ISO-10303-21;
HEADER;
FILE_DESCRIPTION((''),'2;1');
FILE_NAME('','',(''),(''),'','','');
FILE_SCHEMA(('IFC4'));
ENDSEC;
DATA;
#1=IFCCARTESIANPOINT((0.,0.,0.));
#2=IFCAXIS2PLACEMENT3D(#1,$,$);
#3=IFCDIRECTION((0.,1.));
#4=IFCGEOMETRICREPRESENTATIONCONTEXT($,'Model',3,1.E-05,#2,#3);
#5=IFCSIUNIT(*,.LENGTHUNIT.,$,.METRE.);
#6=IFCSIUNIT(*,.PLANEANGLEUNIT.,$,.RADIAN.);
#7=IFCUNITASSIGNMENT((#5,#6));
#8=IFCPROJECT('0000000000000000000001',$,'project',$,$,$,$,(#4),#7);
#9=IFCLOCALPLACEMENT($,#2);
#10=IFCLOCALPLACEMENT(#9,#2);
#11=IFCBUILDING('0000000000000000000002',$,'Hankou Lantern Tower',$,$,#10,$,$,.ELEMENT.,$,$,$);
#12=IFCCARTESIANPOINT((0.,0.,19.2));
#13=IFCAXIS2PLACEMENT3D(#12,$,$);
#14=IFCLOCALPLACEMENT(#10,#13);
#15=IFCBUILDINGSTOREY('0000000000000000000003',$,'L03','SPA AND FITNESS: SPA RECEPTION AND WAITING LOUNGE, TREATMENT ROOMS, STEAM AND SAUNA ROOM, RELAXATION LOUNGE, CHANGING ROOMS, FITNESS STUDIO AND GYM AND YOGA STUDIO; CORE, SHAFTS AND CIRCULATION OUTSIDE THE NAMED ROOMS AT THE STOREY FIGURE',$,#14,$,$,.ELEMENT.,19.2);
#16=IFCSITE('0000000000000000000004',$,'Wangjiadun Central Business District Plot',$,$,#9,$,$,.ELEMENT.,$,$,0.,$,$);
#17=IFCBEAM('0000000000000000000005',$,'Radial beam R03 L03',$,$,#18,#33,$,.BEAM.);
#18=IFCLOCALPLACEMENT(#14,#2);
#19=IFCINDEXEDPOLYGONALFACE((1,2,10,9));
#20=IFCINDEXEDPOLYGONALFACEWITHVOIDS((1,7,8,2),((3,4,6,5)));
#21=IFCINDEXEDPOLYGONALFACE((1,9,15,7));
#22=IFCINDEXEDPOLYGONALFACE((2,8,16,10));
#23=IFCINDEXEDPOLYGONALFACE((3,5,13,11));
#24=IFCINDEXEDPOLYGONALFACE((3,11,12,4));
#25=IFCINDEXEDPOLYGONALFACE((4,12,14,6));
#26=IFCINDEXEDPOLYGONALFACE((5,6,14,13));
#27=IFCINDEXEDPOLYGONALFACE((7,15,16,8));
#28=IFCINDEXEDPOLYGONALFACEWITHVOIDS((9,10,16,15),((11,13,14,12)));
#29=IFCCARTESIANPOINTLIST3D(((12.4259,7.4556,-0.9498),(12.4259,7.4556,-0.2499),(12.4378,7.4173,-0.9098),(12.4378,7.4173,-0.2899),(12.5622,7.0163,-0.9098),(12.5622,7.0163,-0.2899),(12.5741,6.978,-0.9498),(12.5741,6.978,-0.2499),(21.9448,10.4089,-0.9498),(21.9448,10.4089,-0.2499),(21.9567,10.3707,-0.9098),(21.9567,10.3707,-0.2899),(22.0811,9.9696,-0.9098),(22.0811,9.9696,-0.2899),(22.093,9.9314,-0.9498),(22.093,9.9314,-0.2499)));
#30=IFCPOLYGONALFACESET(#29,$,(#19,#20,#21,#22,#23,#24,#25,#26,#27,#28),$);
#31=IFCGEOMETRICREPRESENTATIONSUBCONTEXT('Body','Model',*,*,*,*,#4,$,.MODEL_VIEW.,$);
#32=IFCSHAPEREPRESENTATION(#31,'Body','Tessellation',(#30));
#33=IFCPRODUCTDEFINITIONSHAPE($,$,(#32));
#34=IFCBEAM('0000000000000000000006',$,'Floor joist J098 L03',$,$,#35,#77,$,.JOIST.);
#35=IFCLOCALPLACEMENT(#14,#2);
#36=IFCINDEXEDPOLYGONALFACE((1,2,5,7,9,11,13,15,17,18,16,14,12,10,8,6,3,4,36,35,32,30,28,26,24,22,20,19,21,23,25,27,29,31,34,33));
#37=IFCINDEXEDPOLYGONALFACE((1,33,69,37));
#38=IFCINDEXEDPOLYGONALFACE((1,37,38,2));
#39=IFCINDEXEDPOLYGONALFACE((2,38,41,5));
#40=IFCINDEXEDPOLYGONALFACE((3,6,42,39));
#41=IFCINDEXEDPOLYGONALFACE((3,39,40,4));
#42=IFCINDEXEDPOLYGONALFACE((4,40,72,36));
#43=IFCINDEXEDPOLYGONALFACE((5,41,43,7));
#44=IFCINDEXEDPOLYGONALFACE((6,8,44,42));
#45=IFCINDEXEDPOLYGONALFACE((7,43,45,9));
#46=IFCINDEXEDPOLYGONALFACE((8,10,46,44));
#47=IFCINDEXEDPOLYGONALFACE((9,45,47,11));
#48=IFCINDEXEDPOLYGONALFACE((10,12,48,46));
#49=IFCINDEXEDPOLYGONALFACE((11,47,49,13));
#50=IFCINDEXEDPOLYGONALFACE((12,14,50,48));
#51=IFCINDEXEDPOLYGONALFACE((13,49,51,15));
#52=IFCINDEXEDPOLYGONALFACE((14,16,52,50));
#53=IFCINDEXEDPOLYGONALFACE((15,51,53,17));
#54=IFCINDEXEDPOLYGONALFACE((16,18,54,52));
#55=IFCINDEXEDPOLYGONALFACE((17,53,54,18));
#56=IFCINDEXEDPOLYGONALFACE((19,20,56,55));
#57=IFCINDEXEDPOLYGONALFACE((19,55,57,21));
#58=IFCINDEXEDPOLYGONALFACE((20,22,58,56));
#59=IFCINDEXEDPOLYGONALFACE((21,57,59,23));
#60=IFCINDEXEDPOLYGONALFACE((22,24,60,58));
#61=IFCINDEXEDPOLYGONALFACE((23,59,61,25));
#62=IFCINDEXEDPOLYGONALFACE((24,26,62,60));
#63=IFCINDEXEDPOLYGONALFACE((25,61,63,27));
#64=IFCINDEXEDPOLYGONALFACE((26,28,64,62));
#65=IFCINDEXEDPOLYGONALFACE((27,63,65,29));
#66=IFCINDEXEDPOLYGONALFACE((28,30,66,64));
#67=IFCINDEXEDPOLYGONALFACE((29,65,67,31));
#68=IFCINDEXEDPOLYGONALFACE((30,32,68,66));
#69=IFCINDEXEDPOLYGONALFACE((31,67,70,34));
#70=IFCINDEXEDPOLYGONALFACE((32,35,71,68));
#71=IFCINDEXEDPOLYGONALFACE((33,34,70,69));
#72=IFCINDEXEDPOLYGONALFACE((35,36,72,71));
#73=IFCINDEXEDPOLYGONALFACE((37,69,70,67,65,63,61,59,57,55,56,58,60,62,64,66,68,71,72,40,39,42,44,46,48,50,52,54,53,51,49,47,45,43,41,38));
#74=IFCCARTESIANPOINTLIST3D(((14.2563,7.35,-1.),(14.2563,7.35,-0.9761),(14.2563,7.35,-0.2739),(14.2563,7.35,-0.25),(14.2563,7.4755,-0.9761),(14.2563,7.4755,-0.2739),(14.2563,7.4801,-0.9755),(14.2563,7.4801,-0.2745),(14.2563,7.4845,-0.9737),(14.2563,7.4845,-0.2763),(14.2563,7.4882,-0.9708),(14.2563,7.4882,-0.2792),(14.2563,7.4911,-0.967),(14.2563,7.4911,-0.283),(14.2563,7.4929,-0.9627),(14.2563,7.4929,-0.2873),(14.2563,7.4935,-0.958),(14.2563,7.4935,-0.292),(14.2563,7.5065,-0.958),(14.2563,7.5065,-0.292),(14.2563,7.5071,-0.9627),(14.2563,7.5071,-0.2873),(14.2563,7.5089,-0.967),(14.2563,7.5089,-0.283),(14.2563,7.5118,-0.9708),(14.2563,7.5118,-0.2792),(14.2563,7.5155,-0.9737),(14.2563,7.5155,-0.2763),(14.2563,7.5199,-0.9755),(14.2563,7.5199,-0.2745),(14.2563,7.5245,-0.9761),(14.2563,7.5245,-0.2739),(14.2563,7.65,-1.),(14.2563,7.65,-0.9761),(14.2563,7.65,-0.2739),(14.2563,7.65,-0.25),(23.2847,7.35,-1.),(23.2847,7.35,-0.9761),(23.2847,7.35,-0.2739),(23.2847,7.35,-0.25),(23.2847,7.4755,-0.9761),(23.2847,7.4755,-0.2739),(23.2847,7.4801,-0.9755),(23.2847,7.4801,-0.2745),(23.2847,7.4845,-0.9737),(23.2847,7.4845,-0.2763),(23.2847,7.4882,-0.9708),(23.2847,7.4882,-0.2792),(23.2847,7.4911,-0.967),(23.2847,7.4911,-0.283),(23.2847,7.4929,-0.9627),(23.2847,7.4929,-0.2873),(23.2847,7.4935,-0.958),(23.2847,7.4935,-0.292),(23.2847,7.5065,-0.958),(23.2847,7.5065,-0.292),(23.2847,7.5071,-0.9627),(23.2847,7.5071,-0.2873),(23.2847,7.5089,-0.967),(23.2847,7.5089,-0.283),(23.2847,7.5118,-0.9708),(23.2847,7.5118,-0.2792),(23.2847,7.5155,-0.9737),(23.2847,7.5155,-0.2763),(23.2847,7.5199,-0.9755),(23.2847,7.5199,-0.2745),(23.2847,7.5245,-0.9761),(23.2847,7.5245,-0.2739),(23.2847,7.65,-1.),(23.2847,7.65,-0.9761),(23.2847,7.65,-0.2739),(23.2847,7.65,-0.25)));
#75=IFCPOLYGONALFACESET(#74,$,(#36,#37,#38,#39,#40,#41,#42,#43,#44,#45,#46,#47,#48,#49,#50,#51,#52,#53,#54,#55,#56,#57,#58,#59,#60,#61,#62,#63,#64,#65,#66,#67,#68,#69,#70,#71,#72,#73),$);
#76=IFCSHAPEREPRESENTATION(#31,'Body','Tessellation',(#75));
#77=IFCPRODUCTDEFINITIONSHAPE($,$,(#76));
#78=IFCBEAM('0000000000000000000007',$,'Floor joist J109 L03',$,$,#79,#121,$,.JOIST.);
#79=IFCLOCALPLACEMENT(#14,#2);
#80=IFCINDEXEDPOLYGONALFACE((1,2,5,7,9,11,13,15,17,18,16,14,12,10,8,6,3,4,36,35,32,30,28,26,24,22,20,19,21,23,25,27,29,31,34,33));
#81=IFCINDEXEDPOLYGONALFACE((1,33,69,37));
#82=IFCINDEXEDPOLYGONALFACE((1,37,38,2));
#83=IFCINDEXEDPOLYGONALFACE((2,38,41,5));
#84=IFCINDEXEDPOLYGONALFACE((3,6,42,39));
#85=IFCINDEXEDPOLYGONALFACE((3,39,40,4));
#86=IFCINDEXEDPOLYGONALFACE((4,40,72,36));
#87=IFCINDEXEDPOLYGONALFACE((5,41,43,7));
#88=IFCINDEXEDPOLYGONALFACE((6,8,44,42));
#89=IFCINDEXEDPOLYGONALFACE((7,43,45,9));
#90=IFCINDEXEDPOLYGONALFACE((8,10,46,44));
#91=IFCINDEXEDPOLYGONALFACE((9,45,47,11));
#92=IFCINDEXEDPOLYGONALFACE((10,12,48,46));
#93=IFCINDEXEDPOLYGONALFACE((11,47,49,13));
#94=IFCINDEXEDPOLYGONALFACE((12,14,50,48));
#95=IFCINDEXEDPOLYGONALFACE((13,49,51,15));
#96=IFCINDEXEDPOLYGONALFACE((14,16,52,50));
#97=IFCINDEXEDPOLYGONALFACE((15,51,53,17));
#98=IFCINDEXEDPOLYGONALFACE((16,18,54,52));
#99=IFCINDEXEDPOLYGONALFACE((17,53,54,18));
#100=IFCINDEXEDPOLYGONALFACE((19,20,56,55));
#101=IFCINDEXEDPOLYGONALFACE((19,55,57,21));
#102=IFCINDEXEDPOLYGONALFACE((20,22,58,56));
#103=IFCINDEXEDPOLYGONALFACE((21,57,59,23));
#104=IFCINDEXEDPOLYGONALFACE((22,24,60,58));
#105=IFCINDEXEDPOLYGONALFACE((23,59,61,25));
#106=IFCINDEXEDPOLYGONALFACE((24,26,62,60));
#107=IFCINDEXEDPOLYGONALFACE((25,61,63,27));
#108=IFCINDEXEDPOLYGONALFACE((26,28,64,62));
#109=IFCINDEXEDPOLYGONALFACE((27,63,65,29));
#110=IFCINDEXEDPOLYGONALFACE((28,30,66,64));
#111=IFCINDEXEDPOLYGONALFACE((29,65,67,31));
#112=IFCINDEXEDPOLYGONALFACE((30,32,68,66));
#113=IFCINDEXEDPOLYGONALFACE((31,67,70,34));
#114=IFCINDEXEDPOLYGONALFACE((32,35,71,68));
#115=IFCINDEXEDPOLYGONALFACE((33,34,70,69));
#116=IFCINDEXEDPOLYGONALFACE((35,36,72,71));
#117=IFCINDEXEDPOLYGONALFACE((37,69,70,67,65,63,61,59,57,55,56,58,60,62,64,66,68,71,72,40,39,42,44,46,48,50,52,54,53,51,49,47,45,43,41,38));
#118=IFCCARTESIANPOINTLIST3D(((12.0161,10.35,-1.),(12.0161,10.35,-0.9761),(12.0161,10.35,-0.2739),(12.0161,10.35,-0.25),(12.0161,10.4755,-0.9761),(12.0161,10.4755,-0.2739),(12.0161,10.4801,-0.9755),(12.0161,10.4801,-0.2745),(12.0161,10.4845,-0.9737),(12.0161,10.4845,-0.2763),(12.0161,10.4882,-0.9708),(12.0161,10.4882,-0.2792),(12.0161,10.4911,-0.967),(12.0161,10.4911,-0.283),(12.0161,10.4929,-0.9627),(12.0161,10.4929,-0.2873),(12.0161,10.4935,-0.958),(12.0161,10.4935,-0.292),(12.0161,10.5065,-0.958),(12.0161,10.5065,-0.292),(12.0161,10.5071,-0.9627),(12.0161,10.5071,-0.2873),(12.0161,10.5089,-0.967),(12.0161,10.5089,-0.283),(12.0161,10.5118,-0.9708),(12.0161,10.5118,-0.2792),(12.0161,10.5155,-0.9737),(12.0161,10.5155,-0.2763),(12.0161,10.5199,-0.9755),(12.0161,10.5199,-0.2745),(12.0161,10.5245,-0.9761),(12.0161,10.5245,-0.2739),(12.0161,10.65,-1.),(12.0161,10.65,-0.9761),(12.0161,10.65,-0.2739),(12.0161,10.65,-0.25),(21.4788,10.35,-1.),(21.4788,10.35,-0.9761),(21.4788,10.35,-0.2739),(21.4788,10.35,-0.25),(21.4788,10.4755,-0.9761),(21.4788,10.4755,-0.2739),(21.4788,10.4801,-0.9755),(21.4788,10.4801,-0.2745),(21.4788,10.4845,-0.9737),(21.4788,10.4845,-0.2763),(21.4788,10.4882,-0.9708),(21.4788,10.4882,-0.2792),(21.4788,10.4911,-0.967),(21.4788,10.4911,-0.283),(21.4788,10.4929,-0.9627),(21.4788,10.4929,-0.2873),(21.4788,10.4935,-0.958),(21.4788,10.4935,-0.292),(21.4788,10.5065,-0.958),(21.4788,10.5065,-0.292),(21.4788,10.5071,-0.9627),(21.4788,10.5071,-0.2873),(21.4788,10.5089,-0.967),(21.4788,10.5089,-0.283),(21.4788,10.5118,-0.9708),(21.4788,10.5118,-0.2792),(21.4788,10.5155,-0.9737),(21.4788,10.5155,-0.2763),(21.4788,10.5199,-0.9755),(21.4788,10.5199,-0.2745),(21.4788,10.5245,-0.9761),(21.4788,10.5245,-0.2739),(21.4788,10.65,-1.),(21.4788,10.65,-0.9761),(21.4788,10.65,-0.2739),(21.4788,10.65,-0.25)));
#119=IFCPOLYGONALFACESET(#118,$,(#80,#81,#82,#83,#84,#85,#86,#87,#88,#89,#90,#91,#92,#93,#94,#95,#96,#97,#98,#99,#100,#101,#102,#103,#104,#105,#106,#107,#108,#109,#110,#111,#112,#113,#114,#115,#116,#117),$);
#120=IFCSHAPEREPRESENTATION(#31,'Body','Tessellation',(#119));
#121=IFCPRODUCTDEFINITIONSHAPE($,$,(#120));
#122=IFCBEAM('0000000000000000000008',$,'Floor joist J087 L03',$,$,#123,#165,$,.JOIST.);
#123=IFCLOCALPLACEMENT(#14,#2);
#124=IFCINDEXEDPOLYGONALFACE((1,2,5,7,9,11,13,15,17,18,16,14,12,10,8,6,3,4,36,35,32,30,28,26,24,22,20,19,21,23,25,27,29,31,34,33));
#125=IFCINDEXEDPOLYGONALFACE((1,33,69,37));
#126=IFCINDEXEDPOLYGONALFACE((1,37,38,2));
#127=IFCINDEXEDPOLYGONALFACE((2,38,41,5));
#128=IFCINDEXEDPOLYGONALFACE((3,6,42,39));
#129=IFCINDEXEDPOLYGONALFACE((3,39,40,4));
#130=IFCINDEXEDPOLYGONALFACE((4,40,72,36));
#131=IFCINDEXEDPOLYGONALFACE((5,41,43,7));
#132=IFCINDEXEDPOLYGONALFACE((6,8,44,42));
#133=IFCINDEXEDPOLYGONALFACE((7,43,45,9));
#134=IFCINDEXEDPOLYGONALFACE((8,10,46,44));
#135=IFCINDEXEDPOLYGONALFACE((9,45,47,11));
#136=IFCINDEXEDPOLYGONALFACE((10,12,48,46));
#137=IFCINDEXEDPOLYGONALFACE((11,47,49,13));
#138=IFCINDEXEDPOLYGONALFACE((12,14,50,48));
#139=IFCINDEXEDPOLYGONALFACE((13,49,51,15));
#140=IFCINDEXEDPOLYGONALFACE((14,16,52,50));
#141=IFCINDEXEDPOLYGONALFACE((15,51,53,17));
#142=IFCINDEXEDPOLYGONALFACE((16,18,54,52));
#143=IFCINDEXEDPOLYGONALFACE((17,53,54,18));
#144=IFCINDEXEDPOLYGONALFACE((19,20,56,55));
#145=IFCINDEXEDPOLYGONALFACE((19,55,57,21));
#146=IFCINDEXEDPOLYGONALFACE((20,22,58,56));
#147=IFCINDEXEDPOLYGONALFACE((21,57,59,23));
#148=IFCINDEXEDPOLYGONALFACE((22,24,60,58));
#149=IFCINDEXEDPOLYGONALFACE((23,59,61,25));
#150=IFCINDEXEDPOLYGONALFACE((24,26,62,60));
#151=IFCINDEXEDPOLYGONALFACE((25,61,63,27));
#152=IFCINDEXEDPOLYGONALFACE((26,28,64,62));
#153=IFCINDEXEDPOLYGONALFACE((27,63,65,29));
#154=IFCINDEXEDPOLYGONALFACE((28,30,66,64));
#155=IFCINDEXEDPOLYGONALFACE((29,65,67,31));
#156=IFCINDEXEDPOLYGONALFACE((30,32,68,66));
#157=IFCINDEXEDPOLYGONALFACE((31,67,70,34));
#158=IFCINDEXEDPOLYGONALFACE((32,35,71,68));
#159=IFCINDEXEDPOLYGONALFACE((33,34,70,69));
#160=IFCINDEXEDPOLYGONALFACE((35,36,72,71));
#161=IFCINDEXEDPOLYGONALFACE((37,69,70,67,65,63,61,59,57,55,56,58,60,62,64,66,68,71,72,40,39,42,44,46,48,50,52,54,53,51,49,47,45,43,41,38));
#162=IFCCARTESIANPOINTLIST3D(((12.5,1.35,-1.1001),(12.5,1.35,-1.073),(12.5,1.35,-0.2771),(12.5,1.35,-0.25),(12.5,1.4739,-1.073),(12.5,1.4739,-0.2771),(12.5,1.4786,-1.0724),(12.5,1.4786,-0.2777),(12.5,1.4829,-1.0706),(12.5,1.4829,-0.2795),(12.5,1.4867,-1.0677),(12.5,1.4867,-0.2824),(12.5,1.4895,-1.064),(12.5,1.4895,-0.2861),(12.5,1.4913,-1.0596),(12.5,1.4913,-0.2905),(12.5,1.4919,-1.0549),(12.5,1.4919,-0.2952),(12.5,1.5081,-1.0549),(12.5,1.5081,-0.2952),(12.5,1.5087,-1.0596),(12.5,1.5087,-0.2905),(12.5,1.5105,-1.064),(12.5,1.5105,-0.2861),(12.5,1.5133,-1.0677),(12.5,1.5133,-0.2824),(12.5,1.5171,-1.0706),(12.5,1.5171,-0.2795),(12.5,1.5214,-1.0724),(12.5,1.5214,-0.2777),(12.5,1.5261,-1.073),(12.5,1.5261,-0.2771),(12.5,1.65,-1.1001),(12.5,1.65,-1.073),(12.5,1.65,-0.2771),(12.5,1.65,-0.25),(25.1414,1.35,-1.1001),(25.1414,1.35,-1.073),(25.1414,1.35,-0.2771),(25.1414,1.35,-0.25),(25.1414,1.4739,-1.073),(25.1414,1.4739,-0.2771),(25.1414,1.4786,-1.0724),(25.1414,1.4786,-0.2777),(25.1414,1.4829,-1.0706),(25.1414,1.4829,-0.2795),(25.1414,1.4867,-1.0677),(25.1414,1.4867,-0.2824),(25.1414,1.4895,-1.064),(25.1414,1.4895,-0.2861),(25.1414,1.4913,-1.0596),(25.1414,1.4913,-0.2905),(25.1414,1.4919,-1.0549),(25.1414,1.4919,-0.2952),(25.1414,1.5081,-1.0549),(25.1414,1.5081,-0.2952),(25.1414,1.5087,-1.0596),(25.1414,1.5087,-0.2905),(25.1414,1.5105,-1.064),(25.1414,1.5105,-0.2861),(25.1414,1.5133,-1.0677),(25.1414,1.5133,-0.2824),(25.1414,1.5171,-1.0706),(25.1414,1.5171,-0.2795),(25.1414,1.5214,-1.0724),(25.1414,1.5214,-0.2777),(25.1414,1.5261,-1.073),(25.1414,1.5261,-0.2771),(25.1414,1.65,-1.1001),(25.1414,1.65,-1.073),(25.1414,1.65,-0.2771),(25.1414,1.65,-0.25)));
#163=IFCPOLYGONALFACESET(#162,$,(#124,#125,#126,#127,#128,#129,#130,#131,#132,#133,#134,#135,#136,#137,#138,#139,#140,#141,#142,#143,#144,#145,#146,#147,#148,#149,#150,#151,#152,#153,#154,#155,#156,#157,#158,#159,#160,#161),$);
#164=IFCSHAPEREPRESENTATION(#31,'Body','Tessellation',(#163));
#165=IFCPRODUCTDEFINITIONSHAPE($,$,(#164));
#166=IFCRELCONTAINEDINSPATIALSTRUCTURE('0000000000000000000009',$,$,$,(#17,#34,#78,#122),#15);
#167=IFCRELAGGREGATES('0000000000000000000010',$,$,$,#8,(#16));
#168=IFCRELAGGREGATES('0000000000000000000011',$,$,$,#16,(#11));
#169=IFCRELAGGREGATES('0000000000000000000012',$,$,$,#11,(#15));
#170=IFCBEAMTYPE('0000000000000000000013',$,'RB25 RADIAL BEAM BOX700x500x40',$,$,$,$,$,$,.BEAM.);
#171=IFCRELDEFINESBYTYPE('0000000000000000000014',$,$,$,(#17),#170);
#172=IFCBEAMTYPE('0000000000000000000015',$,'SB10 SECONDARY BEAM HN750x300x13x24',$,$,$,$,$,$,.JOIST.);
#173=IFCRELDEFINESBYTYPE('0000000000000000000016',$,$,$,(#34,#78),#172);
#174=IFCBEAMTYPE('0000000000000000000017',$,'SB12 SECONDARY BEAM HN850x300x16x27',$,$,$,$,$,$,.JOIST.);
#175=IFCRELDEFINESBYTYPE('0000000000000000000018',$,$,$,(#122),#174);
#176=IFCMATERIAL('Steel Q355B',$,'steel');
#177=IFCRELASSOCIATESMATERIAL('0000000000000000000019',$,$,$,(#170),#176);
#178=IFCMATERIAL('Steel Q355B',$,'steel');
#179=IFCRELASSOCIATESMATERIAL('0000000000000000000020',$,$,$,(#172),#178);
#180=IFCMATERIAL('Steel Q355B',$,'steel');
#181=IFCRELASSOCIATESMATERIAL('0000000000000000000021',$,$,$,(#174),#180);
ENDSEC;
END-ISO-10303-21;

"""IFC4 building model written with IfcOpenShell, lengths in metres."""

from ifc_helpers import new_model, si_unit, direction, frame, origin, origin_2d, place, context, subcontext, project, spatial, hollow_rectangle, i_section, extrude, material, material_profile, profile_set, type_object, element, save


model = new_model("IFC4")

# Units and contexts
model_context = context("Model", 3, precision=1e-05, world=origin(), true_north=direction((0.0, 1.0)))
body_context = subcontext(model_context, "Body", "Model", "MODEL_VIEW")
ifc_project = project(units=[si_unit("LENGTHUNIT", "METRE"), si_unit("PLANEANGLEUNIT", "RADIAN")], contexts=[model_context])

# Site, building, storey
site_placement = place(None, origin())
site = spatial("IfcSite", under=ifc_project, at=site_placement, Name="Wangjiadun Central Business District Plot", CompositionType="ELEMENT", RefElevation=0.0)
building_placement = place(site_placement, origin())
building = spatial("IfcBuilding", under=site, at=building_placement, Name="Hankou Lantern Tower", CompositionType="ELEMENT")
storey_placement = place(building_placement, frame((0.0, 0.0, 19.2)))
storey = spatial("IfcBuildingStorey", under=building, at=storey_placement, Name="L03", Description="SPA AND FITNESS: SPA RECEPTION AND WAITING LOUNGE, TREATMENT ROOMS, STEAM AND SAUNA ROOM, RELAXATION LOUNGE, CHANGING ROOMS, FITNESS STUDIO AND GYM AND YOGA STUDIO; CORE, SHAFTS AND CIRCULATION OUTSIDE THE NAMED ROOMS AT THE STOREY FIGURE", CompositionType="ELEMENT", Elevation=19.2)

# Beams
ifc_material_1 = material(Name="Steel Q355B", Category="steel")
ifc_material_profile_1 = material_profile(ifc_material_1, hollow_rectangle(XDim=0.5, YDim=0.7, WallThickness=0.04, at=origin_2d()), Name="BOX700x500x40")
ifc_profile_set_1 = profile_set([ifc_material_profile_1], Name="Steel Q355B")
beam_type_1 = type_object("IfcBeamType", Name="RB25 RADIAL BEAM BOX700x500x40", PredefinedType="BEAM", material=ifc_profile_set_1)
beam_1_placement = place(storey_placement, frame((12.5, 7.2168, -0.5999), z_axis=(0.955087, 0.296324, 0.0), x_axis=(-0.296324, 0.955087, 0.0)))
element("IfcBeam", 1, at=beam_1_placement, inside=storey, type_object=beam_type_1, Name="Radial beam R03 L03", PredefinedType="BEAM", context=body_context, shape_type="SweptSolid", body=[
    extrude(hollow_rectangle(XDim=0.5, YDim=0.7, WallThickness=0.04, at=origin_2d()), origin(), (0.0, 0.0, 1.0), 9.9666),
])
ifc_material_2 = material(Name="Steel Q355B", Category="steel")
ifc_material_profile_2 = material_profile(ifc_material_2, i_section(OverallWidth=0.3, OverallDepth=0.75, WebThickness=0.0129, FlangeThickness=0.0239, FilletRadius=0.0181, at=origin_2d()), Name="HN750x300x13x24")
ifc_profile_set_2 = profile_set([ifc_material_profile_2], Name="Steel Q355B")
beam_type_2 = type_object("IfcBeamType", Name="SB10 SECONDARY BEAM HN750x300x13x24", PredefinedType="JOIST", material=ifc_profile_set_2)
beam_2_placement = place(storey_placement, frame((14.2563, 7.5, -0.625), z_axis=(1.0, 0.0, 0.0), x_axis=(0.0, 1.0, 0.0)))
element("IfcBeam", 2, at=beam_2_placement, inside=storey, type_object=beam_type_2, Name="Floor joist J098 L03", PredefinedType="JOIST", context=body_context, shape_type="SweptSolid", body=[
    extrude(i_section(OverallWidth=0.3, OverallDepth=0.75, WebThickness=0.0129, FlangeThickness=0.0239, FilletRadius=0.0181, at=origin_2d()), origin(), (0.0, 0.0, 1.0), 9.0283),
])
beam_3_placement = place(storey_placement, frame((12.0161, 10.5, -0.625), z_axis=(1.0, 0.0, 0.0), x_axis=(0.0, 1.0, 0.0)))
element("IfcBeam", 3, at=beam_3_placement, inside=storey, type_object=beam_type_2, Name="Floor joist J109 L03", PredefinedType="JOIST", context=body_context, shape_type="SweptSolid", body=[
    extrude(i_section(OverallWidth=0.3, OverallDepth=0.75, WebThickness=0.0129, FlangeThickness=0.0239, FilletRadius=0.0181, at=origin_2d()), origin(), (0.0, 0.0, 1.0), 9.4626),
])
ifc_material_3 = material(Name="Steel Q355B", Category="steel")
ifc_material_profile_3 = material_profile(ifc_material_3, i_section(OverallWidth=0.3, OverallDepth=0.8501, WebThickness=0.0161, FlangeThickness=0.0271, FilletRadius=0.0181, at=origin_2d()), Name="HN850x300x16x27")
ifc_profile_set_3 = profile_set([ifc_material_profile_3], Name="Steel Q355B")
beam_type_3 = type_object("IfcBeamType", Name="SB12 SECONDARY BEAM HN850x300x16x27", PredefinedType="JOIST", material=ifc_profile_set_3)
beam_4_placement = place(storey_placement, frame((12.5, 1.5, -0.675), z_axis=(1.0, 0.0, 0.0), x_axis=(0.0, 1.0, 0.0)))
element("IfcBeam", 4, at=beam_4_placement, inside=storey, type_object=beam_type_3, Name="Floor joist J087 L03", PredefinedType="JOIST", context=body_context, shape_type="SweptSolid", body=[
    extrude(i_section(OverallWidth=0.3, OverallDepth=0.8501, WebThickness=0.0161, FlangeThickness=0.0271, FilletRadius=0.0181, at=origin_2d()), origin(), (0.0, 0.0, 1.0), 12.6414),
])

save(model, "model.ifc")
